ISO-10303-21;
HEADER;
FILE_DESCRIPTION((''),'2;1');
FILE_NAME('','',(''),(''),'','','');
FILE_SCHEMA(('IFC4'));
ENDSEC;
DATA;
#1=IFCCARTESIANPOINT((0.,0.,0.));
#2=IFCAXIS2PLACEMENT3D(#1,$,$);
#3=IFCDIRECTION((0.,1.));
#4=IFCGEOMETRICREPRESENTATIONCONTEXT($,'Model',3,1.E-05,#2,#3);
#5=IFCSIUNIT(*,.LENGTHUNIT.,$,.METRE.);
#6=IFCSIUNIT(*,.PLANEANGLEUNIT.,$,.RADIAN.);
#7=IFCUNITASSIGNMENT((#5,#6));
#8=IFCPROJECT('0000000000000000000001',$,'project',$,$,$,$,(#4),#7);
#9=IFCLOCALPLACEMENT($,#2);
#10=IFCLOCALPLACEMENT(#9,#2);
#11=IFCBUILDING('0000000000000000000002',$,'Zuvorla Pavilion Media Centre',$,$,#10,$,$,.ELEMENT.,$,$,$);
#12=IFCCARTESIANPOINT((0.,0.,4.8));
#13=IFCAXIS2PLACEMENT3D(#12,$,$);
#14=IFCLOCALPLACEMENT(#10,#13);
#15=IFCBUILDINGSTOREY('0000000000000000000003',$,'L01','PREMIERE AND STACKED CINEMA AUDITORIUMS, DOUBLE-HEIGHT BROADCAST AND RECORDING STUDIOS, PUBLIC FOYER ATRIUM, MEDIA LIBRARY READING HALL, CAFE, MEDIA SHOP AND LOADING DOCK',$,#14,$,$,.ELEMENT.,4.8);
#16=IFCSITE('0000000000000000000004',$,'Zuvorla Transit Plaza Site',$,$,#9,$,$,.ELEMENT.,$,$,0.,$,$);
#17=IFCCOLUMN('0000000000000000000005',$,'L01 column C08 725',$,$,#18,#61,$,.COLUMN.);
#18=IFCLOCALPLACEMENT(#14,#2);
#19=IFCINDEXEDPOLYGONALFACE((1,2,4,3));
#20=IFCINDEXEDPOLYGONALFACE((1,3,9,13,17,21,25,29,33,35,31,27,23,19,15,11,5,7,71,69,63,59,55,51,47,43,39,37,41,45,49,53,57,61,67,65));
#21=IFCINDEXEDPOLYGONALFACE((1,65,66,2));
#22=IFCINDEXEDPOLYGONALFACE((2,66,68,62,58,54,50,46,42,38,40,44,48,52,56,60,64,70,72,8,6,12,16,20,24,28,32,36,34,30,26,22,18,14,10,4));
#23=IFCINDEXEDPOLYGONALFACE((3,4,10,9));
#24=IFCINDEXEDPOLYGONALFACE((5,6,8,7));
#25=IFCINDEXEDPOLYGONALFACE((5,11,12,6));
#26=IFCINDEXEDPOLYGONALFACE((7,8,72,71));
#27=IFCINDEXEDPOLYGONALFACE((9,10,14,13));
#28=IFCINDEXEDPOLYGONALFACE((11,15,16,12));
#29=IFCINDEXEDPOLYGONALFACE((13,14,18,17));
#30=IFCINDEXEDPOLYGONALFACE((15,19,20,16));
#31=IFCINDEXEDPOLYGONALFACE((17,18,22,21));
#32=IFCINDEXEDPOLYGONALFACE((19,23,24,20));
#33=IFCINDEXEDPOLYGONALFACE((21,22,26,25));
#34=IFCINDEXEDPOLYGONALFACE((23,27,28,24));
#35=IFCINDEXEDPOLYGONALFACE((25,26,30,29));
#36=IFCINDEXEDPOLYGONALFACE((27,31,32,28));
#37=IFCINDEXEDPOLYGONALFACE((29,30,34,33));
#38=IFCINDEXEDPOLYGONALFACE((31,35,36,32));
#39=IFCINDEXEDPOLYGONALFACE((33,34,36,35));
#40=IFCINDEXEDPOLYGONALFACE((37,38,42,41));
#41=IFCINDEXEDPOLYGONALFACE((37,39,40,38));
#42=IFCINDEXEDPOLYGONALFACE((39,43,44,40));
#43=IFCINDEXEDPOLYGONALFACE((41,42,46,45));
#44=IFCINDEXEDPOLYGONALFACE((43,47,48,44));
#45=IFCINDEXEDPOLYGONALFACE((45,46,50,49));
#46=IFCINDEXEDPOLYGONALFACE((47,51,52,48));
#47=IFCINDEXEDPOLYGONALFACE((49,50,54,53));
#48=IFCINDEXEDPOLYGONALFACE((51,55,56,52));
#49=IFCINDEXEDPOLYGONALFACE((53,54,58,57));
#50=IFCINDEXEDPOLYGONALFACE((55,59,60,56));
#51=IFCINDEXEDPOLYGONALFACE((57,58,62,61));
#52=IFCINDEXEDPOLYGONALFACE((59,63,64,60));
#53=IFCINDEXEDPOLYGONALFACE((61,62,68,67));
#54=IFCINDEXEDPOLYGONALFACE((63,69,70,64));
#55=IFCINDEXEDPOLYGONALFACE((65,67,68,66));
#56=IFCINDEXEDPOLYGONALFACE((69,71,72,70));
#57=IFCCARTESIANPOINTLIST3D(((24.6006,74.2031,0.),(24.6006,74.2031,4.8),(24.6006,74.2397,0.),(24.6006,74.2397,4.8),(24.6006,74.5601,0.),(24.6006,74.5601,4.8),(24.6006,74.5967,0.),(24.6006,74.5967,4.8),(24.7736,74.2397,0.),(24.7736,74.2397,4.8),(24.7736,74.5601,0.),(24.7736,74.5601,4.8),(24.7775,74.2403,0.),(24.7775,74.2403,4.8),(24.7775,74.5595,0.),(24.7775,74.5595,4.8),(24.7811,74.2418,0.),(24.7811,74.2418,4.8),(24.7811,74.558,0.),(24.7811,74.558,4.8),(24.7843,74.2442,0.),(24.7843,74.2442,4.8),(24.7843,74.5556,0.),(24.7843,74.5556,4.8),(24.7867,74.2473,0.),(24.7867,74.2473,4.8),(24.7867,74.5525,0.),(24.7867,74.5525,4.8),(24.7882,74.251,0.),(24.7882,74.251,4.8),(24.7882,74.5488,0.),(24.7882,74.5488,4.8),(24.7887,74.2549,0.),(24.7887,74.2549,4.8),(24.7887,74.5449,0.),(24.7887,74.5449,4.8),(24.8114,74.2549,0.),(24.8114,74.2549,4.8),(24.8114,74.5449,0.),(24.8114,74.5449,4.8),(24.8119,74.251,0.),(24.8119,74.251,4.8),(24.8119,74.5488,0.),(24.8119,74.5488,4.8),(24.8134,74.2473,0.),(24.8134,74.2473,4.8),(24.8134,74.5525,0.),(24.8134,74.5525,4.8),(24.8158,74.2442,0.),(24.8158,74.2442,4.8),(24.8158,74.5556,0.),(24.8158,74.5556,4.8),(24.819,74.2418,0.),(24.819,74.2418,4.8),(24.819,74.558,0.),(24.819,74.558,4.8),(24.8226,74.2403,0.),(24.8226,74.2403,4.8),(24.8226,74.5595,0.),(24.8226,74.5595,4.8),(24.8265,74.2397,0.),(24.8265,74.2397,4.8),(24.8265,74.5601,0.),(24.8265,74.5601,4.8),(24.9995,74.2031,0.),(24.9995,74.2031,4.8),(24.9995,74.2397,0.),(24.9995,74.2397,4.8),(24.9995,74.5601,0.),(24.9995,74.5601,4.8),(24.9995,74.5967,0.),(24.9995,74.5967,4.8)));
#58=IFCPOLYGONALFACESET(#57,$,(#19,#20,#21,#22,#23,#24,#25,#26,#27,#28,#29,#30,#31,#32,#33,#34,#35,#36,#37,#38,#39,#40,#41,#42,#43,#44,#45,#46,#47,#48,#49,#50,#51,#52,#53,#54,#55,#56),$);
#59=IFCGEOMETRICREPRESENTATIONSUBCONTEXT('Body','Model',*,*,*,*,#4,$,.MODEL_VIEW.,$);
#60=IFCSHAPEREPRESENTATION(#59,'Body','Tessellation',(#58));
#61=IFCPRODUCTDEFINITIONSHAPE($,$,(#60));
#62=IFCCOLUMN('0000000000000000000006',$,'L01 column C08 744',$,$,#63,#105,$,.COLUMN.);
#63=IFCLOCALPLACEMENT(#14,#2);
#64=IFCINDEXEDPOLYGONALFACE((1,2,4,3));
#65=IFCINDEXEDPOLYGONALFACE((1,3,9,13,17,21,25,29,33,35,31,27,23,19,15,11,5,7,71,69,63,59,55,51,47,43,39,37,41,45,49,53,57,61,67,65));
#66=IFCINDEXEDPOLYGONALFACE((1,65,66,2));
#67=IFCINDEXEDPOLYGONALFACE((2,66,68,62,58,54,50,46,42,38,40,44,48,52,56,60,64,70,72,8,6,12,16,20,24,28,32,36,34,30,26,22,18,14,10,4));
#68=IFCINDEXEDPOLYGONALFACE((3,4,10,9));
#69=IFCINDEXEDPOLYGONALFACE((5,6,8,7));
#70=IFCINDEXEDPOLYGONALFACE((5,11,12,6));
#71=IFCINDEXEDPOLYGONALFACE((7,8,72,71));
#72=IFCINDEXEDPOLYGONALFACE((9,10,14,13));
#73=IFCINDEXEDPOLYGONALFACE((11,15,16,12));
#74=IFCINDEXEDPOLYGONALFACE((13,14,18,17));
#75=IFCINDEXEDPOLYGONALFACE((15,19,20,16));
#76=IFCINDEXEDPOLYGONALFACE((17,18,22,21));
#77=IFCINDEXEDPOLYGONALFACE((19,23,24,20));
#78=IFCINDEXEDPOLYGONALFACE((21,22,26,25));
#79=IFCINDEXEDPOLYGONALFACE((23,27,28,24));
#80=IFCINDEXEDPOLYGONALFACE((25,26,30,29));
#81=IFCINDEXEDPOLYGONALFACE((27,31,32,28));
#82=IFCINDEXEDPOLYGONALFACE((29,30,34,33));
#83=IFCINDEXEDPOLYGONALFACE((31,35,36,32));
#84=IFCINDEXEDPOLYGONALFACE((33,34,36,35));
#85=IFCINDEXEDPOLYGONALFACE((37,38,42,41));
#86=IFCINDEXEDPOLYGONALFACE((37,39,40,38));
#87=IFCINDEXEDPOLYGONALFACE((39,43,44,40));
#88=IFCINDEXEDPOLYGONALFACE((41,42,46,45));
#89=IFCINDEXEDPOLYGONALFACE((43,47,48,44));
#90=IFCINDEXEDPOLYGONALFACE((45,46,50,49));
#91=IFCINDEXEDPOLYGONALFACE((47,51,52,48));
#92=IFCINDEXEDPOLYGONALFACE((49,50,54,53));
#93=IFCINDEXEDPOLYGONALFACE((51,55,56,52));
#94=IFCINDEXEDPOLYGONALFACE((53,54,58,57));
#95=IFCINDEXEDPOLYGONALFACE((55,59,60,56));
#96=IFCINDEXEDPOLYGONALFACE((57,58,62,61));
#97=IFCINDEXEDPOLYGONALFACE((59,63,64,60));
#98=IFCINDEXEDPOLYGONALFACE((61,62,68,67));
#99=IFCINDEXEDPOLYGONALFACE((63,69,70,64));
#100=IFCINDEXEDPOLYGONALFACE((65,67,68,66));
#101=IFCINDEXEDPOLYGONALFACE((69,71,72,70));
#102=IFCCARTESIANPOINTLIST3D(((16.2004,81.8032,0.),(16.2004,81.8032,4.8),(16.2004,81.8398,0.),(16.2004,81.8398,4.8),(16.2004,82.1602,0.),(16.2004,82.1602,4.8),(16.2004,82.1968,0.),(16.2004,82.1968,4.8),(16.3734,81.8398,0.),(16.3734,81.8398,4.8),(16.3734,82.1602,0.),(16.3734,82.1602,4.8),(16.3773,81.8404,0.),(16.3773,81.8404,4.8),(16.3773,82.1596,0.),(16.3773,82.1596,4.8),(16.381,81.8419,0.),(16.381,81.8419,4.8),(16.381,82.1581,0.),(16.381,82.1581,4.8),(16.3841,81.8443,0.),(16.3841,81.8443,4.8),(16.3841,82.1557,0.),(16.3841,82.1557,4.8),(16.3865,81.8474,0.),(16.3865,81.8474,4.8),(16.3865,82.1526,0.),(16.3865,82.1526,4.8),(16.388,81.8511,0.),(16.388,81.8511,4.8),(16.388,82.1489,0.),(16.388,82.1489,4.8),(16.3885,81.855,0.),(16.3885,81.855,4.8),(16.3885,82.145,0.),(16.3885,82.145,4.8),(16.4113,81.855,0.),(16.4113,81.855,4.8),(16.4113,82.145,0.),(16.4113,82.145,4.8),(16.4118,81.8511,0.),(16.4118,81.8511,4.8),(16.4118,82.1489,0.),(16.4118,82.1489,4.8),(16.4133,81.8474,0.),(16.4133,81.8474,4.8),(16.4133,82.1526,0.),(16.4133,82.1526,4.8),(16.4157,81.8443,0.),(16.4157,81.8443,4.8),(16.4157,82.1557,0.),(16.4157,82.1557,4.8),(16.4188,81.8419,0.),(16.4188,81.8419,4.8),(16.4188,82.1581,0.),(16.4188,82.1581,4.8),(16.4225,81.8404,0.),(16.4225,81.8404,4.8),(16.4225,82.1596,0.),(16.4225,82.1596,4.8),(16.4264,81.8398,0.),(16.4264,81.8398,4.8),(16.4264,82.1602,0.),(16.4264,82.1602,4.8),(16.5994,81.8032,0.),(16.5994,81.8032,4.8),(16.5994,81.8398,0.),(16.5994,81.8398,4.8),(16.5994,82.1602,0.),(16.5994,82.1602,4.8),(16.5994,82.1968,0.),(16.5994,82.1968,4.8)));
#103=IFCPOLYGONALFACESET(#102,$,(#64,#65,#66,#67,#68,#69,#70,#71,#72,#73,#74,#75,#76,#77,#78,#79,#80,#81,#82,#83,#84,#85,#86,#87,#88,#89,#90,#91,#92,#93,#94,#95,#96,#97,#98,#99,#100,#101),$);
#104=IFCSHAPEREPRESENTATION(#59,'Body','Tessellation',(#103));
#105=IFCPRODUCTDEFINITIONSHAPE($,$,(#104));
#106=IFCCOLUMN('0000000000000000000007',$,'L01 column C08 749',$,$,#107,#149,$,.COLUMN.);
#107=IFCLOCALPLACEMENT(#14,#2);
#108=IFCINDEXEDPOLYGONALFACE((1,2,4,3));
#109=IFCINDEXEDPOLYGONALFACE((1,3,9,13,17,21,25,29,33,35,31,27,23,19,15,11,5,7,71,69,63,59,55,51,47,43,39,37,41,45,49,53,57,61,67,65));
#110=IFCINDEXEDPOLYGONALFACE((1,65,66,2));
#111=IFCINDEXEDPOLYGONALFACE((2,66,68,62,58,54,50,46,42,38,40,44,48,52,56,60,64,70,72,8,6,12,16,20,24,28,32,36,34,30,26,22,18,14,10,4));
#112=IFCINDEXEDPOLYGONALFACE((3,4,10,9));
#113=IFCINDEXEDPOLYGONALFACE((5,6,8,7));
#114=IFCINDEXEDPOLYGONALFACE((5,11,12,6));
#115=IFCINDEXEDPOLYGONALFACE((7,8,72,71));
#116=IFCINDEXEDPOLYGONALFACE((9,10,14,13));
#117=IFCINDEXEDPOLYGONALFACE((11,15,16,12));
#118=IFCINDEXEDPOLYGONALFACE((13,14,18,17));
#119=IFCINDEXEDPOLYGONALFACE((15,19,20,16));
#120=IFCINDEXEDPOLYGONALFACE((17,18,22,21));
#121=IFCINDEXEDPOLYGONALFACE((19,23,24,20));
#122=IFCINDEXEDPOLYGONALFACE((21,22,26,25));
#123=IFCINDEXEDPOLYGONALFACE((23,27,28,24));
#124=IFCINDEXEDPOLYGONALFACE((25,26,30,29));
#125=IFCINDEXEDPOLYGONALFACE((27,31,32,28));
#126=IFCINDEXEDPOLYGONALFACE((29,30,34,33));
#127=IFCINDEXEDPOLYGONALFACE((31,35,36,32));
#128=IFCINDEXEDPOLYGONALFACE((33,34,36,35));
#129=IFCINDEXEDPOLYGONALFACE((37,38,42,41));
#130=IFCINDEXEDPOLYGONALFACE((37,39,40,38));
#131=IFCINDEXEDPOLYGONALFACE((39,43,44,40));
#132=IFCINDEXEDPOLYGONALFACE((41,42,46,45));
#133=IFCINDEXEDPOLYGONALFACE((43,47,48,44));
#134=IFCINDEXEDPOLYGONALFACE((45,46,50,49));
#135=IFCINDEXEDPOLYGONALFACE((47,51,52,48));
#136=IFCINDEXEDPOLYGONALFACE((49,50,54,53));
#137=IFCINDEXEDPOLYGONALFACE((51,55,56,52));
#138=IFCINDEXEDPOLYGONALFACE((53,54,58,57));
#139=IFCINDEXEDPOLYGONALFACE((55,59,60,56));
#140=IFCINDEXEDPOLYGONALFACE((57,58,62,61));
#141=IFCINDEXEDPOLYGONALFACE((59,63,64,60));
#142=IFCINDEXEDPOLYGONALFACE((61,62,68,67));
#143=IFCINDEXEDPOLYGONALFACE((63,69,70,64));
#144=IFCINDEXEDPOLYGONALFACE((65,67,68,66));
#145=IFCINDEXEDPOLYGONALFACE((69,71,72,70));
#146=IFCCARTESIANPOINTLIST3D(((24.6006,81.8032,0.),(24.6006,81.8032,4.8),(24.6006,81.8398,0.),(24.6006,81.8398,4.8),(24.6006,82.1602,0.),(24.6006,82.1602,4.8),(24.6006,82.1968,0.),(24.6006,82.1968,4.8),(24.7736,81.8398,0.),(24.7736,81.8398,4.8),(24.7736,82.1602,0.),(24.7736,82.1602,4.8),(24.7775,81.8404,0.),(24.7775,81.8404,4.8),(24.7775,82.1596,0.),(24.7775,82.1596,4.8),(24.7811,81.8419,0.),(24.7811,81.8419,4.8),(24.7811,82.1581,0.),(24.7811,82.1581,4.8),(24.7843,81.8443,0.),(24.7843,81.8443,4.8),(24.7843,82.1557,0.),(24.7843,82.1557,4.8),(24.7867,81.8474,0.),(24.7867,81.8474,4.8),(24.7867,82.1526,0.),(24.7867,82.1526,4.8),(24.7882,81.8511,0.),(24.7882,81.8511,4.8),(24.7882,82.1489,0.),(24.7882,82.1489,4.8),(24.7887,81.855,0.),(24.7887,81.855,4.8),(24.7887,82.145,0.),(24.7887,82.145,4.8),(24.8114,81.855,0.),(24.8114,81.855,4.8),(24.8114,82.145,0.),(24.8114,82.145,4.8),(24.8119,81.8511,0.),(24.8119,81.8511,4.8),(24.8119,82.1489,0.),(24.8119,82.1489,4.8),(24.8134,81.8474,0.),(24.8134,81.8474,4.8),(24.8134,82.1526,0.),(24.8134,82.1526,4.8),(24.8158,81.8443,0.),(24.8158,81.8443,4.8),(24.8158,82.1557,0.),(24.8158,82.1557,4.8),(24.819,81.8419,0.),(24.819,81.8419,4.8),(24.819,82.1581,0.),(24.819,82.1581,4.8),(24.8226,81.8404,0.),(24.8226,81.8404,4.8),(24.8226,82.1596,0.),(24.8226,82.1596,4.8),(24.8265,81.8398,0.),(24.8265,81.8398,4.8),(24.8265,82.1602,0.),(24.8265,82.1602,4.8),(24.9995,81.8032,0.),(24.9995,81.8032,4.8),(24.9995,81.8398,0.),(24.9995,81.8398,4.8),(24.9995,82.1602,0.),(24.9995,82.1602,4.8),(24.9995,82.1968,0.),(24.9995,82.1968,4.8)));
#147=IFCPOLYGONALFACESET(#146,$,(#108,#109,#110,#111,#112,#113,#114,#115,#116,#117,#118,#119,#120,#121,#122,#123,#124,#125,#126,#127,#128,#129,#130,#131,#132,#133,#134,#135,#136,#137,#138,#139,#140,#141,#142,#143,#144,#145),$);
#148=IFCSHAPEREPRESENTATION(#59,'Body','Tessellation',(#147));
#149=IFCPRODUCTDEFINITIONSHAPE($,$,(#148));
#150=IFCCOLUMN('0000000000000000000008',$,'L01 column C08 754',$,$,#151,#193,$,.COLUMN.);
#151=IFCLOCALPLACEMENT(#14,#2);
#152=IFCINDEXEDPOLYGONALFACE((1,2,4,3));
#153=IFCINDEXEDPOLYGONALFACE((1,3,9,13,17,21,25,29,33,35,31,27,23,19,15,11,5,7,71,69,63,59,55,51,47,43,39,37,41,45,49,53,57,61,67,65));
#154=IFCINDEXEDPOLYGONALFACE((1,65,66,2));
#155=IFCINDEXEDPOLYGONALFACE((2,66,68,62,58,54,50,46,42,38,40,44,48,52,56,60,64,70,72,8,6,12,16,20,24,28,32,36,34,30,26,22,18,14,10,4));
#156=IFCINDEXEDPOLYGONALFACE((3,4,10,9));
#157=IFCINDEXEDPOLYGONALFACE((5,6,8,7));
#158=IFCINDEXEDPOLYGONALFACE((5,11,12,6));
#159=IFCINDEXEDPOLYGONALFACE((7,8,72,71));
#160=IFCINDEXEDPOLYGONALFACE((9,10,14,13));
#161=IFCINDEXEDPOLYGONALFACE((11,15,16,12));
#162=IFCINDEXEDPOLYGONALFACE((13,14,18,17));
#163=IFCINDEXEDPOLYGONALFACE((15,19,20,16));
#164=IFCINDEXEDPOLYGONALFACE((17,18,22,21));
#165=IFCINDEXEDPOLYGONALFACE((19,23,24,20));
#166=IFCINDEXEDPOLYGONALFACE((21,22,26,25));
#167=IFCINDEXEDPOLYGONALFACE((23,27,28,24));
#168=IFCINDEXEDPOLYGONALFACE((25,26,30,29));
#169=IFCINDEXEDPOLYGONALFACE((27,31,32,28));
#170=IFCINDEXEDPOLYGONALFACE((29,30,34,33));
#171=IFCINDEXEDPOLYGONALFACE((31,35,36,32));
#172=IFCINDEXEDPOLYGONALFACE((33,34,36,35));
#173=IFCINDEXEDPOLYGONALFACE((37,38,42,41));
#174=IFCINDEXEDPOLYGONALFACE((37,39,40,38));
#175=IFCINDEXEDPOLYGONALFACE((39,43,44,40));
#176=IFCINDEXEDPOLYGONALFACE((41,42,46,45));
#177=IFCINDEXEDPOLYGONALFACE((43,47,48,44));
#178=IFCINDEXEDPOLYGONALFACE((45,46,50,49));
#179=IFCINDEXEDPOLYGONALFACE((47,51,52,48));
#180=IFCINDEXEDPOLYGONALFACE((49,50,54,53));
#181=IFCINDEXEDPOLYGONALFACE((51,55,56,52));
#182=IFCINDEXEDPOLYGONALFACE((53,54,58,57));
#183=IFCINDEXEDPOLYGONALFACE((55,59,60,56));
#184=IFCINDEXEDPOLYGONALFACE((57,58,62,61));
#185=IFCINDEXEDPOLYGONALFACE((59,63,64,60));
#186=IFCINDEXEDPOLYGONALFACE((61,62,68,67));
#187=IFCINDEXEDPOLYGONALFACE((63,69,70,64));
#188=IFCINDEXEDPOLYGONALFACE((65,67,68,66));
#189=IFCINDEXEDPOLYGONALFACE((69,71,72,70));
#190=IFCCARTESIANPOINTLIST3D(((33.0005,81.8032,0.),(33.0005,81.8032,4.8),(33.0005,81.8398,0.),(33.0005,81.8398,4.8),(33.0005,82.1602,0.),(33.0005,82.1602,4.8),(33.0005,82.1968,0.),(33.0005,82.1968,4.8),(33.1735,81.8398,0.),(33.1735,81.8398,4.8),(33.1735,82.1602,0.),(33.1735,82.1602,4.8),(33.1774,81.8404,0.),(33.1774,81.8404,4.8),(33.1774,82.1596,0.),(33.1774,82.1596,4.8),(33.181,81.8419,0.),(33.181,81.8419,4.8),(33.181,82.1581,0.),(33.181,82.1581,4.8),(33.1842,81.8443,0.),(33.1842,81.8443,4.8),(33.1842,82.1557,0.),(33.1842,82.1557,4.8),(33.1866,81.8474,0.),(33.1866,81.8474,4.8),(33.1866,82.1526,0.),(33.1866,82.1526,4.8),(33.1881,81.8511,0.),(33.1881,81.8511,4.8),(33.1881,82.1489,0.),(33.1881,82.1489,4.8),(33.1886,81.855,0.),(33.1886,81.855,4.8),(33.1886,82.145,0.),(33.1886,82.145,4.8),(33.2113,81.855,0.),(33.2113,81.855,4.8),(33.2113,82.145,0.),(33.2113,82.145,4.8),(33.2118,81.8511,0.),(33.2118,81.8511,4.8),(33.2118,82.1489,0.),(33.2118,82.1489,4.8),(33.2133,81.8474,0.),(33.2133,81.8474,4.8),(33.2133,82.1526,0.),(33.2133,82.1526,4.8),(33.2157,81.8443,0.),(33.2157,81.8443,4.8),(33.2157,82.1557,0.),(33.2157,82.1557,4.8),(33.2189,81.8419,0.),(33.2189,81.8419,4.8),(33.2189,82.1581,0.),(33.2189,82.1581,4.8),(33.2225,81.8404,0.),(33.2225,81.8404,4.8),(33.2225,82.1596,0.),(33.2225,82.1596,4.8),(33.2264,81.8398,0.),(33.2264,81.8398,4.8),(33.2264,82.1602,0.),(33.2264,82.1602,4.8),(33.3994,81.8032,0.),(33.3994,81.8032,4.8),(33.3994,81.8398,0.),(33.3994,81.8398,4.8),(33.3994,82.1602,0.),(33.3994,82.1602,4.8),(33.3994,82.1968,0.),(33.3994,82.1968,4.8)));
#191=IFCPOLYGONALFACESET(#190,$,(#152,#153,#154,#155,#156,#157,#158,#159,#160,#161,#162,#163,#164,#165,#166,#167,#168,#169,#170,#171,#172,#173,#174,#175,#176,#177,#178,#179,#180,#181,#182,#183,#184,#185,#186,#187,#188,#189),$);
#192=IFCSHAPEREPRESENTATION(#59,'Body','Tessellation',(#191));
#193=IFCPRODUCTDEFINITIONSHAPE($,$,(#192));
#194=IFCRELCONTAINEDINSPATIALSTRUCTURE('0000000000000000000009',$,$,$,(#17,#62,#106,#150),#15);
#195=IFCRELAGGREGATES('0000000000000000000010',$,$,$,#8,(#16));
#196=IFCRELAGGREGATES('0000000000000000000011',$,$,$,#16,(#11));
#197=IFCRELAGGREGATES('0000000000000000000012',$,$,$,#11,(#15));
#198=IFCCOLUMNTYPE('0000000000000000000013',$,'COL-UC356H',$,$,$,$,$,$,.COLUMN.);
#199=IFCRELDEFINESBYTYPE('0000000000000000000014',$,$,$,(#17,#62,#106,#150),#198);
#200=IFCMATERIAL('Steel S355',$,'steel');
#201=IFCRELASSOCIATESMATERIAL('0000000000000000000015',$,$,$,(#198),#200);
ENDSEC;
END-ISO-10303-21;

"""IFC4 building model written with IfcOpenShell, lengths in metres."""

from ifc_helpers import new_model, si_unit, direction, frame, origin, origin_2d, place, context, subcontext, project, spatial, i_section, extrude, material, material_profile, profile_set, type_object, element, save


model = new_model("IFC4")

# Units and contexts
model_context = context("Model", 3, precision=1e-05, world=origin(), true_north=direction((0.0, 1.0)))
body_context = subcontext(model_context, "Body", "Model", "MODEL_VIEW")
ifc_project = project(units=[si_unit("LENGTHUNIT", "METRE"), si_unit("PLANEANGLEUNIT", "RADIAN")], contexts=[model_context])

# Site, building, storey
site_placement = place(None, origin())
site = spatial("IfcSite", under=ifc_project, at=site_placement, Name="Zuvorla Transit Plaza Site", CompositionType="ELEMENT", RefElevation=0.0)
building_placement = place(site_placement, origin())
building = spatial("IfcBuilding", under=site, at=building_placement, Name="Zuvorla Pavilion Media Centre", CompositionType="ELEMENT")
storey_placement = place(building_placement, frame((0.0, 0.0, 4.8)))
storey = spatial("IfcBuildingStorey", under=building, at=storey_placement, Name="L01", Description="PREMIERE AND STACKED CINEMA AUDITORIUMS, DOUBLE-HEIGHT BROADCAST AND RECORDING STUDIOS, PUBLIC FOYER ATRIUM, MEDIA LIBRARY READING HALL, CAFE, MEDIA SHOP AND LOADING DOCK", CompositionType="ELEMENT", Elevation=4.8)

# Columns
ifc_material_1 = material(Name="Steel S355", Category="steel")
ifc_material_profile_1 = material_profile(ifc_material_1, i_section(OverallWidth=0.3989, OverallDepth=0.3936, WebThickness=0.0227, FlangeThickness=0.0366, FilletRadius=0.0151, at=origin_2d()), Name="UC 356x406x287")
ifc_profile_set_1 = profile_set([ifc_material_profile_1], Name="Steel S355")
column_type = type_object("IfcColumnType", Name="COL-UC356H", PredefinedType="COLUMN", material=ifc_profile_set_1)
for number, where, z_axis, x_axis, name in (
    (1, (24.8, 74.3999, 0.0), (0.0, 0.0, 1.0), (1.0, 0.0, 0.0), "L01 column C08 725"),
    (2, (16.3999, 82.0, 0.0), (0.0, 0.0, 1.0), (1.0, 0.0, 0.0), "L01 column C08 744"),
    (3, (24.8, 82.0, 0.0), (0.0, 0.0, 1.0), (1.0, 0.0, 0.0), "L01 column C08 749"),
    (4, (33.2, 82.0, 0.0), (0.0, 0.0, 1.0), (1.0, 0.0, 0.0), "L01 column C08 754"),
):
    element("IfcColumn", number, at=place(storey_placement, frame(where, z_axis=z_axis, x_axis=x_axis)), inside=storey, type_object=column_type, Name=name, PredefinedType="COLUMN", context=body_context, shape_type="SweptSolid", body=[
        extrude(i_section(OverallWidth=0.3989, OverallDepth=0.3936, WebThickness=0.0227, FlangeThickness=0.0366, FilletRadius=0.0151, at=origin_2d()), origin(), (0.0, 0.0, 1.0), 4.8),
    ])

save(model, "model.ifc")
